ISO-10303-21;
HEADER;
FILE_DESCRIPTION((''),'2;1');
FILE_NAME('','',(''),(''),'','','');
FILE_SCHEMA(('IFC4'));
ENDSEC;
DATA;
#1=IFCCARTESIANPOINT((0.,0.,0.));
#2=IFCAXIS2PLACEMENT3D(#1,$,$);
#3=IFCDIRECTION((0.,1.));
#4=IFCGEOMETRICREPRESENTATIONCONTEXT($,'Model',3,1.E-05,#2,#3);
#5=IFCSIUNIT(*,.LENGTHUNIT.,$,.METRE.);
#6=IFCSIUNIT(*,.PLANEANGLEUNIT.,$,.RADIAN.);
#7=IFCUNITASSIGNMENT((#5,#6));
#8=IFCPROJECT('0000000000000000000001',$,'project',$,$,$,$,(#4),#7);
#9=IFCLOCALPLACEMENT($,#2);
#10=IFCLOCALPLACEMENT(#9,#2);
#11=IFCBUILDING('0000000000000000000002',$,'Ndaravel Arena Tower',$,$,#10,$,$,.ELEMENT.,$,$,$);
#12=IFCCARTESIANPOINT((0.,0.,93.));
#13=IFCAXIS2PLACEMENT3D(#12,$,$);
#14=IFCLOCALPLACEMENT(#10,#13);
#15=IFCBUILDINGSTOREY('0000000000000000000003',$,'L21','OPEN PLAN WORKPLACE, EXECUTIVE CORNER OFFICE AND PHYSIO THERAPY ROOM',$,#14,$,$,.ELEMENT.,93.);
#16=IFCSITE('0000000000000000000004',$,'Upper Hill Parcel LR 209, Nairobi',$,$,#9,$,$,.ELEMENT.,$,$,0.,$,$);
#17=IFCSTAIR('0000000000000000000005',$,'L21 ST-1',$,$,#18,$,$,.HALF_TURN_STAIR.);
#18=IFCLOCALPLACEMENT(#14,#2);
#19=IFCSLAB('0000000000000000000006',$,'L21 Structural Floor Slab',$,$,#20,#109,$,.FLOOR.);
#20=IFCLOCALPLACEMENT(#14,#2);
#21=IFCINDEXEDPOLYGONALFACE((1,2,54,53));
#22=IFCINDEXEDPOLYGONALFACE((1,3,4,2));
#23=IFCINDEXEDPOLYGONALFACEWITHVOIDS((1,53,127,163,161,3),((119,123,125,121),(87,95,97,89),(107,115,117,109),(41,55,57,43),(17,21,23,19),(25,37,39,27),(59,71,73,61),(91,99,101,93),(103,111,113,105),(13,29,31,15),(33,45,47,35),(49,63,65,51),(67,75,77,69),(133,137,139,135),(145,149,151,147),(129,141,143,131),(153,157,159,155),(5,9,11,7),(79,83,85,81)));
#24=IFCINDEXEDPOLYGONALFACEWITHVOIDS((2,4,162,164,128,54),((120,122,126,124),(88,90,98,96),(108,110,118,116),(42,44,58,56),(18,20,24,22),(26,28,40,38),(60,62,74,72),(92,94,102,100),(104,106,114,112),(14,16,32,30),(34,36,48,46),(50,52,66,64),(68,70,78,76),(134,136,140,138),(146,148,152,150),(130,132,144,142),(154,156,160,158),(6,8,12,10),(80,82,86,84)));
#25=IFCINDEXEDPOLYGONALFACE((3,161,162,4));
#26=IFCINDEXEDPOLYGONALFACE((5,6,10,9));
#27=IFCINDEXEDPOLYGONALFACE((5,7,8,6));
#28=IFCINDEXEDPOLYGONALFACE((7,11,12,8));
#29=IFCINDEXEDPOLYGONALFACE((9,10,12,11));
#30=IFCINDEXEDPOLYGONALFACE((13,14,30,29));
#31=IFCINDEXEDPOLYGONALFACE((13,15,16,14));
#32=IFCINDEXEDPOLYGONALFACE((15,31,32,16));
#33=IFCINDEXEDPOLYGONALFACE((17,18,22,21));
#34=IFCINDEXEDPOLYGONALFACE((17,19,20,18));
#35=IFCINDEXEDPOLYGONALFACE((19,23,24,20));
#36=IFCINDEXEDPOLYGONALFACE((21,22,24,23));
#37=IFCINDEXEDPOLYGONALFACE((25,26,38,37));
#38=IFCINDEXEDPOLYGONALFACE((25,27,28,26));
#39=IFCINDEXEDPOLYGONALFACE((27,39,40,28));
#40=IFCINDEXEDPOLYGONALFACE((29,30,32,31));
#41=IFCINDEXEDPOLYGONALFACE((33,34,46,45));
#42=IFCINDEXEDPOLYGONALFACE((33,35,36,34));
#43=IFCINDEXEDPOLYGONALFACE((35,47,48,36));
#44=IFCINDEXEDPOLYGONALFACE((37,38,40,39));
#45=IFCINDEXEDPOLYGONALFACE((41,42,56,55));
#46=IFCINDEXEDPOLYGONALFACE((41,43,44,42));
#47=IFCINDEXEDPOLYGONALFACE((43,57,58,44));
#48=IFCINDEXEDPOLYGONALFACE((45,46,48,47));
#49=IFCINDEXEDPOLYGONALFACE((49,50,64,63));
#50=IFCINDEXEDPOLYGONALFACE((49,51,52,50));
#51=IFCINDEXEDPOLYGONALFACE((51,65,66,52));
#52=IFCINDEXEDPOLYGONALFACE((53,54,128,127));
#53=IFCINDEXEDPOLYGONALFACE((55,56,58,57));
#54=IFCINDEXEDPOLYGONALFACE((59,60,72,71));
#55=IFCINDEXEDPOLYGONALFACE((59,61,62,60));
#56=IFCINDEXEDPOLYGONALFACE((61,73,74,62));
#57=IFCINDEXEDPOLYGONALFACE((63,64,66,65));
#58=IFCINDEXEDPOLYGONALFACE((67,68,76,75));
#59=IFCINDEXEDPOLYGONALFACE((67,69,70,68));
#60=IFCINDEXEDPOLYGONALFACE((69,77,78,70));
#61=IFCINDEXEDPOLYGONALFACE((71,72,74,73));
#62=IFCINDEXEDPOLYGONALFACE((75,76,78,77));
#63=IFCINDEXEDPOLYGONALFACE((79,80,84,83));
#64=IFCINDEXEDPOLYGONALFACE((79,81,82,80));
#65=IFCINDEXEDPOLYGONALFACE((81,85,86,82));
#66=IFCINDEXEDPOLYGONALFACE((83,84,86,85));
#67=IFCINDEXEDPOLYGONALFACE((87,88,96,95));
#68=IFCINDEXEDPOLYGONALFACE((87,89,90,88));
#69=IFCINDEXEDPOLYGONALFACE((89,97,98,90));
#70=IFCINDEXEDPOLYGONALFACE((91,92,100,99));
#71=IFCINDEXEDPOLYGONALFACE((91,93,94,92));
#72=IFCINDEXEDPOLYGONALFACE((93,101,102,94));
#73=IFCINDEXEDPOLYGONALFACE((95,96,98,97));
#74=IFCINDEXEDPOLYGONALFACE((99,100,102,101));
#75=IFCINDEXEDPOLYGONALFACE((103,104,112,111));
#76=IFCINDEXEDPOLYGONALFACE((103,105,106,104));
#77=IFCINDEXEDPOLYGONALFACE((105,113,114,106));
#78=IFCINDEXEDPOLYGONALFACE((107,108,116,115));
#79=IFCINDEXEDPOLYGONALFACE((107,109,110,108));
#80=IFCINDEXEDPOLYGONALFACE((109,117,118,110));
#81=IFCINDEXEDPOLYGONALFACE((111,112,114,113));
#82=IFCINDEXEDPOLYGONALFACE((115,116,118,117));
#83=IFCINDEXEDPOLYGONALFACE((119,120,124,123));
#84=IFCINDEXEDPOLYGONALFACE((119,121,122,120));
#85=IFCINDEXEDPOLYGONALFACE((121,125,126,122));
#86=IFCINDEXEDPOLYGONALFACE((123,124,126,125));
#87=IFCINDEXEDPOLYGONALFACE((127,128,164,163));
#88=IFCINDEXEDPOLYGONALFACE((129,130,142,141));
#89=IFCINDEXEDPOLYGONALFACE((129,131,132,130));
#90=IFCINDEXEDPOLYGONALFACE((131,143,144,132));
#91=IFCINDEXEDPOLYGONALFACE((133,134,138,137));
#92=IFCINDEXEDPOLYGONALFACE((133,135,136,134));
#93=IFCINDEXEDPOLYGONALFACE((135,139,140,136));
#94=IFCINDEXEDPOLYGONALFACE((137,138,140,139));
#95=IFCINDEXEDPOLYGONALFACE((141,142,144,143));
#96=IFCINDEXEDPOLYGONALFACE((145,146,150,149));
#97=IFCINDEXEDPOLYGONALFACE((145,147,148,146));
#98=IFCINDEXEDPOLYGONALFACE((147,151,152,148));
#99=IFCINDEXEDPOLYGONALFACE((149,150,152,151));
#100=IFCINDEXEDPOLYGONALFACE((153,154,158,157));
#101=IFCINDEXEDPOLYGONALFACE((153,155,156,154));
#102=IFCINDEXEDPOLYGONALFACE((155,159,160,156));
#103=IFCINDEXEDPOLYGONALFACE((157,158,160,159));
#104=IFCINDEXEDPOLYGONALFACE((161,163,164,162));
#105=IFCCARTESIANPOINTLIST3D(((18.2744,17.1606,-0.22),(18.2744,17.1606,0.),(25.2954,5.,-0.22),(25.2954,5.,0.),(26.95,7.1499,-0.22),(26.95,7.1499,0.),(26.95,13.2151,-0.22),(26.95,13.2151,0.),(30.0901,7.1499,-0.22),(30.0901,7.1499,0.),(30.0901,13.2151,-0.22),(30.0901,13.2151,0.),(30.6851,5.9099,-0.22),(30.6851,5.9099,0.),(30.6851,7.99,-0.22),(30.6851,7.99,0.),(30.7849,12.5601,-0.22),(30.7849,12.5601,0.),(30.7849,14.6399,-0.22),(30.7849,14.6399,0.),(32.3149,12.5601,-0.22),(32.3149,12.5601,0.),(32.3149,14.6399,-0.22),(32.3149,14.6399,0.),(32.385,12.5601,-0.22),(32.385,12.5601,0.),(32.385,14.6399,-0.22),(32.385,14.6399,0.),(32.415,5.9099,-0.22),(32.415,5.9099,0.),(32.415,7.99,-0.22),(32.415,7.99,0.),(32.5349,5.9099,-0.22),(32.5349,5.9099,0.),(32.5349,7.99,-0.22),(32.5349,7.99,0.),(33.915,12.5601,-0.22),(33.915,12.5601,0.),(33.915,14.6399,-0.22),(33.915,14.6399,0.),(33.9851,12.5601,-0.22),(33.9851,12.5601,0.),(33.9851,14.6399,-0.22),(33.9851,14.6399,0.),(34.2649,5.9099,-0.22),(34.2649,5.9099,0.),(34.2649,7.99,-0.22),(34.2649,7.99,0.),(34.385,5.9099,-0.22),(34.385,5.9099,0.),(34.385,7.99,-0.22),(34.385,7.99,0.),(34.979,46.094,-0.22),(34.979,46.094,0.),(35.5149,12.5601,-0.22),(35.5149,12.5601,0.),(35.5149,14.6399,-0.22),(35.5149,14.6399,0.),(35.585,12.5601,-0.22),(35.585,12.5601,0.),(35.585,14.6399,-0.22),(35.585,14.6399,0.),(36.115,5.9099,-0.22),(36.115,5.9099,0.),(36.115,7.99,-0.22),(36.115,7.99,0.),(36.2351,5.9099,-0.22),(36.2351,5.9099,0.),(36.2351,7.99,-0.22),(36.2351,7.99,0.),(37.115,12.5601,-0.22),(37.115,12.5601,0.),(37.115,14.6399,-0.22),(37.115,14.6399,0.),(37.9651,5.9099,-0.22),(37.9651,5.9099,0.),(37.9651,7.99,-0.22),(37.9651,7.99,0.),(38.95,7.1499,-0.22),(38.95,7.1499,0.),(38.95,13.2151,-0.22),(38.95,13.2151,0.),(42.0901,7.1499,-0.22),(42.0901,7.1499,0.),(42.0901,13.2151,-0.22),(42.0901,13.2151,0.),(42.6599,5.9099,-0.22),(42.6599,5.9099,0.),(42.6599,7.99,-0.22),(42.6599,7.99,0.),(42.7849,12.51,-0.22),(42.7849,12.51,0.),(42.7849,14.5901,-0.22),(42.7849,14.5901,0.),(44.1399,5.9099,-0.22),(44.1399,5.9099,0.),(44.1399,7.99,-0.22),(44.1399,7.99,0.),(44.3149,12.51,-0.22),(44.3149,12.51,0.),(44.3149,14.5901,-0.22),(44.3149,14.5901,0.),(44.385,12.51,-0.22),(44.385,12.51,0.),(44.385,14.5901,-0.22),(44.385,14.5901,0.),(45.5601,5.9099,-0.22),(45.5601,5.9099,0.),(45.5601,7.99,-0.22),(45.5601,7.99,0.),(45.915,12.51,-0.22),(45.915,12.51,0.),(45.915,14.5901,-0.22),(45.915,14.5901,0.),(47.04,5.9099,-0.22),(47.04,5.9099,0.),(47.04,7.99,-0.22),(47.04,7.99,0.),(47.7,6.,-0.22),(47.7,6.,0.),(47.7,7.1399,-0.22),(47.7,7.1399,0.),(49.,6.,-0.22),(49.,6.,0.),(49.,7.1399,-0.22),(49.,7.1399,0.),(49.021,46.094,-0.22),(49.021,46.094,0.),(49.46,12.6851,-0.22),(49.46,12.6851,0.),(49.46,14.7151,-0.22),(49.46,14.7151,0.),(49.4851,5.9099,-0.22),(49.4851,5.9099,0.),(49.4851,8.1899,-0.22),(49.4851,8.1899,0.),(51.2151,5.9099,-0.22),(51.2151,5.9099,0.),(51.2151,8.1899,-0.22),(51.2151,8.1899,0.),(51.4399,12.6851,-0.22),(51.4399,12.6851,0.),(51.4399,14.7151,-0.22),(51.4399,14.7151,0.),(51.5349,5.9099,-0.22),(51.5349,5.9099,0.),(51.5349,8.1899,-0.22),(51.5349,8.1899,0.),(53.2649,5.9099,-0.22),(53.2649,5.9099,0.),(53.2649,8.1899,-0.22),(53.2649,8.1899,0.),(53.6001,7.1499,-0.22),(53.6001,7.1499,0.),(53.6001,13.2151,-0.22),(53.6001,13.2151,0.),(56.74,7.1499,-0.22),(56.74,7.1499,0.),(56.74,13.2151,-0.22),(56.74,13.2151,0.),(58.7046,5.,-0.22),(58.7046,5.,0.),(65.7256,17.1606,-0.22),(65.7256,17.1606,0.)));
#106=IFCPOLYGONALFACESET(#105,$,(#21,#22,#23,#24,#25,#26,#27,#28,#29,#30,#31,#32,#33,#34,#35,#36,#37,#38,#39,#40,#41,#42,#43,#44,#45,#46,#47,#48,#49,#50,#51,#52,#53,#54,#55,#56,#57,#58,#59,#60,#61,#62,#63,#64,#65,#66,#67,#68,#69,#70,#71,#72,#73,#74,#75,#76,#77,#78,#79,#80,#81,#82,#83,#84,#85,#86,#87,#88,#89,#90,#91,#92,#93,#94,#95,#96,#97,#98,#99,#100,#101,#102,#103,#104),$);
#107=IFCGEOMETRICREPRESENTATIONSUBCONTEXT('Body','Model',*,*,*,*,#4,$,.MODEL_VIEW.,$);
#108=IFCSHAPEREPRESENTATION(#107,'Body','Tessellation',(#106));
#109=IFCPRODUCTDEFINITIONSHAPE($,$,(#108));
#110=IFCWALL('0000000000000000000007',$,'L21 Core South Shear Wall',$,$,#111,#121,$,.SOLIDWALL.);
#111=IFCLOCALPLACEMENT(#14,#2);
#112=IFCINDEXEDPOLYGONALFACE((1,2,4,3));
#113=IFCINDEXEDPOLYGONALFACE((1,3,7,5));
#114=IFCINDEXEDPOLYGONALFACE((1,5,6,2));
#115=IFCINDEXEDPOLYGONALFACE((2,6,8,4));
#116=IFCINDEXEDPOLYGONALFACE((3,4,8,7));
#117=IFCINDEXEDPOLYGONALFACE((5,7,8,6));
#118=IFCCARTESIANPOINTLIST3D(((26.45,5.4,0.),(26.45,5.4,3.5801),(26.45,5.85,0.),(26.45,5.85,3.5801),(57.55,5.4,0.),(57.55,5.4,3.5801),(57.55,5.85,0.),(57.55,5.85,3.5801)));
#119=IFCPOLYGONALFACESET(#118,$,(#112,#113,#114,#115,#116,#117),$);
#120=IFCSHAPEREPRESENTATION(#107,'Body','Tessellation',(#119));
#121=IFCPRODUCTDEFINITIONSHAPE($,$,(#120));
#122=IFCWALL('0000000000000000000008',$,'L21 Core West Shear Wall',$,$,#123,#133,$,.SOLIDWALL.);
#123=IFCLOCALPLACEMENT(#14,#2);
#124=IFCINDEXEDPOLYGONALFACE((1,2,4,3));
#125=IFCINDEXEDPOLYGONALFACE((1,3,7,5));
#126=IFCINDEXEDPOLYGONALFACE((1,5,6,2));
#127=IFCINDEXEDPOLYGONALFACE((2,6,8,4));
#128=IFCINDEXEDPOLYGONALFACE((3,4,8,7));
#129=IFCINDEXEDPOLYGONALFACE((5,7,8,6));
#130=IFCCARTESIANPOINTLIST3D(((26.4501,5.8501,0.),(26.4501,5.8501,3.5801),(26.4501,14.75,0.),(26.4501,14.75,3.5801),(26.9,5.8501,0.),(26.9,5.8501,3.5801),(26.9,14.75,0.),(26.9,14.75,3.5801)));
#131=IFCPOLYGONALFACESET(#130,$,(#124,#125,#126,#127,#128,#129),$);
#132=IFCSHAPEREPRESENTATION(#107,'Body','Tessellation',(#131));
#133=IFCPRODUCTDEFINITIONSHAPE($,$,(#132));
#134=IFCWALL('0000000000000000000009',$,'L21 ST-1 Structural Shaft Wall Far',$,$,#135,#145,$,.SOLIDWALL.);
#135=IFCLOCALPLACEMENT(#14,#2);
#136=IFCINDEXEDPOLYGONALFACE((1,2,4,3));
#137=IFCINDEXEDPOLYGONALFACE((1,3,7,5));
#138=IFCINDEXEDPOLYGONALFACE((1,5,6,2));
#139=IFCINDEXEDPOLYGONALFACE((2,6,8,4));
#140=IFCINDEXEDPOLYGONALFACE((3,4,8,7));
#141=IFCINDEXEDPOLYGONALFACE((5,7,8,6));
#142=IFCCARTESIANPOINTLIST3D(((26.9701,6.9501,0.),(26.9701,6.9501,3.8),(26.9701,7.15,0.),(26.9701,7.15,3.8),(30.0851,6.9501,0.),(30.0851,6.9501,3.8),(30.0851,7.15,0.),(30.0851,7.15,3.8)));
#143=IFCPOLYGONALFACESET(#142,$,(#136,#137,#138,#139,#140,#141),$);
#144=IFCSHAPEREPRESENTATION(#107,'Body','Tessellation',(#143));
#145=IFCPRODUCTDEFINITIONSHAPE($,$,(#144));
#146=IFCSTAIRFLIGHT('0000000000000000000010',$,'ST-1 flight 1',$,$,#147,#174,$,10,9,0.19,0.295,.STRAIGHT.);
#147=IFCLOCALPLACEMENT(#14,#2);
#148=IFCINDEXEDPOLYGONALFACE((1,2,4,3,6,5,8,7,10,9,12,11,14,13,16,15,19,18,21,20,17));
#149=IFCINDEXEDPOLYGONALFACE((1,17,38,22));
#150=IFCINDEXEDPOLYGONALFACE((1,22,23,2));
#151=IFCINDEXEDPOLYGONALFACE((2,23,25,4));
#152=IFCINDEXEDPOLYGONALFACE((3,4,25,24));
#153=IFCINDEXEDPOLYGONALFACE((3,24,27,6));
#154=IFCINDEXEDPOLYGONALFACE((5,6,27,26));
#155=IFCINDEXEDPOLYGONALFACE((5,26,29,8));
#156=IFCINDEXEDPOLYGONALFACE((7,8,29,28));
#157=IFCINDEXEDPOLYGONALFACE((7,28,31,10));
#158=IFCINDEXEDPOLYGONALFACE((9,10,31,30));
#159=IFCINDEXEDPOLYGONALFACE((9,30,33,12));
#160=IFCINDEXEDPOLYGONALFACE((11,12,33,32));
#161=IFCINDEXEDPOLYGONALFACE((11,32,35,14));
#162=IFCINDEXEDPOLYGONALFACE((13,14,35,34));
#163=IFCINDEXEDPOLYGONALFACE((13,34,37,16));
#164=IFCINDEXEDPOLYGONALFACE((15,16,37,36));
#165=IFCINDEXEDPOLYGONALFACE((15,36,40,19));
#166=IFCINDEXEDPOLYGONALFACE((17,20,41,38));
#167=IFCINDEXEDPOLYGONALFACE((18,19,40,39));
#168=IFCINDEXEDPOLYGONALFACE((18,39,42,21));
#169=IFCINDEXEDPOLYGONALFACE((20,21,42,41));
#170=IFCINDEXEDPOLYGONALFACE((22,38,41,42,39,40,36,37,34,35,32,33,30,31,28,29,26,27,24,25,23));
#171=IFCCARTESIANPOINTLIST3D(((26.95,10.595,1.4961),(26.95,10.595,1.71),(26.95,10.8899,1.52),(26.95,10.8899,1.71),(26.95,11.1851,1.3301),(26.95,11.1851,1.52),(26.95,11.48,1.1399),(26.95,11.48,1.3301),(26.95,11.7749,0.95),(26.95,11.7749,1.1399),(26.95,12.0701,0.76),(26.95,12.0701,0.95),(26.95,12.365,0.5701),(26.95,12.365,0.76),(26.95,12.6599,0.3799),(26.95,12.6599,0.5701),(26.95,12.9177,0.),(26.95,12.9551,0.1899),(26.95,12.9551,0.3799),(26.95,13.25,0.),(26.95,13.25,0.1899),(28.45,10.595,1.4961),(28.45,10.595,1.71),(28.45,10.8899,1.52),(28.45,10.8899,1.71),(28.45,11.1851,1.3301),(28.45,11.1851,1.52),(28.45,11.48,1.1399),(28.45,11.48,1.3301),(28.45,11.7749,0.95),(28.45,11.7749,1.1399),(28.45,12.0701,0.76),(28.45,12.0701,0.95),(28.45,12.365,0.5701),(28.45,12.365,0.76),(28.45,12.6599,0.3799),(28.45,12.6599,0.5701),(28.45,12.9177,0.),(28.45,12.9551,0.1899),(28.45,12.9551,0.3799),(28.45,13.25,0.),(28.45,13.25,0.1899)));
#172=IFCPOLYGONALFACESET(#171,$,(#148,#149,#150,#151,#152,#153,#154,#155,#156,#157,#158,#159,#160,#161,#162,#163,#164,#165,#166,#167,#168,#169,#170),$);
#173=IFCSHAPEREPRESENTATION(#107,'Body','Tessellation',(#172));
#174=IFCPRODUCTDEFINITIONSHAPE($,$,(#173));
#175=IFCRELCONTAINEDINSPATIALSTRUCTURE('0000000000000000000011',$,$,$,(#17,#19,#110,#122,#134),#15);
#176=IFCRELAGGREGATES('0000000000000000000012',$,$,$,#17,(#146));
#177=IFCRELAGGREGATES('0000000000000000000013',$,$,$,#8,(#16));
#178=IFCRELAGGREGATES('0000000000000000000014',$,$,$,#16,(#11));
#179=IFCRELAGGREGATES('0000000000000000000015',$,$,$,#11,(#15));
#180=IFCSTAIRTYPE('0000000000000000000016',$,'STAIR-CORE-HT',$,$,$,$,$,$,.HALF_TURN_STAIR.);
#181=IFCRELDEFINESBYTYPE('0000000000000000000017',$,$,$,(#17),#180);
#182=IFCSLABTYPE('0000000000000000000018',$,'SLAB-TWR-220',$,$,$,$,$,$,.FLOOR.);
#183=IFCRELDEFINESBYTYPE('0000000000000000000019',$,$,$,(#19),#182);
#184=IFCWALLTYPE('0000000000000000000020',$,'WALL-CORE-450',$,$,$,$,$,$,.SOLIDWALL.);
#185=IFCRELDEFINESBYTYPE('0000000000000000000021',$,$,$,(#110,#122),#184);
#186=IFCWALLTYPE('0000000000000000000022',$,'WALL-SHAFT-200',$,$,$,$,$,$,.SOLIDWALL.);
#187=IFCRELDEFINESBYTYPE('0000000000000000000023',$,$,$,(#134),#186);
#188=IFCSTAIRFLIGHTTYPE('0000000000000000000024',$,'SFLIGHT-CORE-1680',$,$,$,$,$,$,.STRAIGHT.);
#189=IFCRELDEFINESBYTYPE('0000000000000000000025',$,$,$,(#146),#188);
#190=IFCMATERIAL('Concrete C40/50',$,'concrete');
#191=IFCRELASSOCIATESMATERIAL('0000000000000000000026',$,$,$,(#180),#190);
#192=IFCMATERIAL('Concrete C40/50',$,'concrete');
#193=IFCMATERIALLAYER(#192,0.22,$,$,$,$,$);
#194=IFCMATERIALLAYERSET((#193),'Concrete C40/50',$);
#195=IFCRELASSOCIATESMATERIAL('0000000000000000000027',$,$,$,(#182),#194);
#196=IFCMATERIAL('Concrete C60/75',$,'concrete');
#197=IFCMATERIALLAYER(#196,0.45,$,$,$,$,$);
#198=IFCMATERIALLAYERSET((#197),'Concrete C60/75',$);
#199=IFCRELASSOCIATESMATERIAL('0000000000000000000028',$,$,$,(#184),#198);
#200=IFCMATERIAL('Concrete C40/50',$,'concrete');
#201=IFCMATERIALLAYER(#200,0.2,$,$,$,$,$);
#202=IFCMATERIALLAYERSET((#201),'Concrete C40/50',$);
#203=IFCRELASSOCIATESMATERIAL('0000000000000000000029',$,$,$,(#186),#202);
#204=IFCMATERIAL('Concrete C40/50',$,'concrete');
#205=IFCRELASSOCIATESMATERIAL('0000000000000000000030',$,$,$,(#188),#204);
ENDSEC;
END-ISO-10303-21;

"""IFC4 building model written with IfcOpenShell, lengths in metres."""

from ifc_helpers import new_model, si_unit, direction, frame, frame_2d, origin, place, context, subcontext, project, spatial, polyline, rectangle, outline, extrude, material, layer, layer_set, type_object, element, aggregate, save


model = new_model("IFC4")

# Units and contexts
model_context = context("Model", 3, precision=1e-05, world=origin(), true_north=direction((0.0, 1.0)))
body_context = subcontext(model_context, "Body", "Model", "MODEL_VIEW")
ifc_project = project(units=[si_unit("LENGTHUNIT", "METRE"), si_unit("PLANEANGLEUNIT", "RADIAN")], contexts=[model_context])

# Site, building, storey
site_placement = place(None, origin())
site = spatial("IfcSite", under=ifc_project, at=site_placement, Name="Upper Hill Parcel LR 209, Nairobi", CompositionType="ELEMENT", RefElevation=0.0)
building_placement = place(site_placement, origin())
building = spatial("IfcBuilding", under=site, at=building_placement, Name="Ndaravel Arena Tower", CompositionType="ELEMENT")
storey_placement = place(building_placement, frame((0.0, 0.0, 93.0)))
storey = spatial("IfcBuildingStorey", under=building, at=storey_placement, Name="L21", Description="OPEN PLAN WORKPLACE, EXECUTIVE CORNER OFFICE AND PHYSIO THERAPY ROOM", CompositionType="ELEMENT", Elevation=93.0)

# Stair
ifc_material_1 = material(Name="Concrete C40/50", Category="concrete")
stair_type = type_object("IfcStairType", Name="STAIR-CORE-HT", PredefinedType="HALF_TURN_STAIR", material=ifc_material_1)
stair_1_placement = place(storey_placement, origin())
stair_1 = element("IfcStair", 1, at=stair_1_placement, inside=storey, type_object=stair_type, Name="L21 ST-1", PredefinedType="HALF_TURN_STAIR")

# Slab
ifc_material_2 = material(Name="Concrete C40/50", Category="concrete")
ifc_layer_1 = layer(ifc_material_2, 0.22)
ifc_layer_set_1 = layer_set([ifc_layer_1], Name="Concrete C40/50")
slab_type_1 = type_object("IfcSlabType", Name="SLAB-TWR-220", PredefinedType="FLOOR", material=ifc_layer_set_1)
slab_1_placement = place(storey_placement, frame((0.0, 0.0, -0.22)))
element("IfcSlab", 2, at=slab_1_placement, inside=storey, type_object=slab_type_1, Name="L21 Structural Floor Slab", PredefinedType="FLOOR", context=body_context, shape_type="SweptSolid", body=[
    extrude(outline(polyline([(18.2744, 17.1606), (25.2954, 5.0), (58.7046, 5.0), (65.7256, 17.1606), (49.021, 46.094), (34.979, 46.094), (18.2744, 17.1606)]), holes=[polyline([(26.95, 13.2151), (26.95, 7.1499), (30.0901, 7.1499), (30.0901, 13.2151), (26.95, 13.2151)]), polyline([(38.95, 13.2151), (38.95, 7.1499), (42.0901, 7.1499), (42.0901, 13.2151), (38.95, 13.2151)]), polyline([(53.6001, 13.2151), (53.6001, 7.1499), (56.74, 7.1499), (56.74, 13.2151), (53.6001, 13.2151)]), polyline([(30.6851, 5.9099), (32.415, 5.9099), (32.415, 7.99), (30.6851, 7.99), (30.6851, 5.9099)]), polyline([(32.5349, 5.9099), (34.2649, 5.9099), (34.2649, 7.99), (32.5349, 7.99), (32.5349, 5.9099)]), polyline([(34.385, 5.9099), (36.115, 5.9099), (36.115, 7.99), (34.385, 7.99), (34.385, 5.9099)]), polyline([(36.2351, 5.9099), (37.9651, 5.9099), (37.9651, 7.99), (36.2351, 7.99), (36.2351, 5.9099)]), polyline([(30.7849, 12.5601), (32.3149, 12.5601), (32.3149, 14.6399), (30.7849, 14.6399), (30.7849, 12.5601)]), polyline([(32.385, 12.5601), (33.915, 12.5601), (33.915, 14.6399), (32.385, 14.6399), (32.385, 12.5601)]), polyline([(33.9851, 12.5601), (35.5149, 12.5601), (35.5149, 14.6399), (33.9851, 14.6399), (33.9851, 12.5601)]), polyline([(35.585, 12.5601), (37.115, 12.5601), (37.115, 14.6399), (35.585, 14.6399), (35.585, 12.5601)]), polyline([(42.6599, 5.9099), (44.1399, 5.9099), (44.1399, 7.99), (42.6599, 7.99), (42.6599, 5.9099)]), polyline([(45.5601, 5.9099), (47.04, 5.9099), (47.04, 7.99), (45.5601, 7.99), (45.5601, 5.9099)]), polyline([(42.7849, 12.51), (44.3149, 12.51), (44.3149, 14.5901), (42.7849, 14.5901), (42.7849, 12.51)]), polyline([(44.385, 12.51), (45.915, 12.51), (45.915, 14.5901), (44.385, 14.5901), (44.385, 12.51)]), polyline([(49.4851, 5.9099), (51.2151, 5.9099), (51.2151, 8.1899), (49.4851, 8.1899), (49.4851, 5.9099)]), polyline([(51.5349, 5.9099), (53.2649, 5.9099), (53.2649, 8.1899), (51.5349, 8.1899), (51.5349, 5.9099)]), polyline([(49.46, 12.6851), (51.4399, 12.6851), (51.4399, 14.7151), (49.46, 14.7151), (49.46, 12.6851)]), polyline([(47.7, 6.0), (49.0, 6.0), (49.0, 7.1399), (47.7, 7.1399), (47.7, 6.0)])]), origin(), (0.0, 0.0, 1.0), 0.22),
])

# Walls
ifc_material_3 = material(Name="Concrete C60/75", Category="concrete")
ifc_layer_2 = layer(ifc_material_3, 0.45)
ifc_layer_set_2 = layer_set([ifc_layer_2], Name="Concrete C60/75")
wall_type_1 = type_object("IfcWallType", Name="WALL-CORE-450", PredefinedType="SOLIDWALL", material=ifc_layer_set_2)
wall_1_placement = place(storey_placement, frame((26.45, 5.625, 0.0), z_axis=(0.0, 0.0, 1.0), x_axis=(1.0, 0.0, 0.0)))
element("IfcWall", 3, at=wall_1_placement, inside=storey, type_object=wall_type_1, Name="L21 Core South Shear Wall", PredefinedType="SOLIDWALL", context=body_context, shape_type="SweptSolid", body=[
    extrude(rectangle(XDim=31.1001, YDim=0.45, at=frame_2d((15.55, 0.0))), origin(), (0.0, 0.0, 1.0), 3.5801),
])
wall_2_placement = place(storey_placement, frame((26.675, 5.8501, 0.0), z_axis=(0.0, 0.0, 1.0), x_axis=(0.0, 1.0, 0.0)))
element("IfcWall", 4, at=wall_2_placement, inside=storey, type_object=wall_type_1, Name="L21 Core West Shear Wall", PredefinedType="SOLIDWALL", context=body_context, shape_type="SweptSolid", body=[
    extrude(rectangle(XDim=8.8999, YDim=0.45, at=frame_2d((4.45, 0.0))), origin(), (0.0, 0.0, 1.0), 3.5801),
])
ifc_material_4 = material(Name="Concrete C40/50", Category="concrete")
ifc_layer_3 = layer(ifc_material_4, 0.2)
ifc_layer_set_3 = layer_set([ifc_layer_3], Name="Concrete C40/50")
wall_type_2 = type_object("IfcWallType", Name="WALL-SHAFT-200", PredefinedType="SOLIDWALL", material=ifc_layer_set_3)
wall_3_placement = place(storey_placement, frame((26.97, 7.05, 0.0), z_axis=(0.0, 0.0, 1.0), x_axis=(1.0, 0.0, 0.0)))
element("IfcWall", 5, at=wall_3_placement, inside=storey, type_object=wall_type_2, Name="L21 ST-1 Structural Shaft Wall Far", PredefinedType="SOLIDWALL", context=body_context, shape_type="SweptSolid", body=[
    extrude(rectangle(XDim=3.115, YDim=0.2, at=frame_2d((1.5576, 0.0))), origin(), (0.0, 0.0, 1.0), 3.8),
])

# Stair flight
ifc_material_5 = material(Name="Concrete C40/50", Category="concrete")
stair_flight_type = type_object("IfcStairFlightType", Name="SFLIGHT-CORE-1680", PredefinedType="STRAIGHT", material=ifc_material_5)
stair_flight_1_placement = place(storey_placement, frame((27.7, 13.25, 0.0), z_axis=(0.0, 0.0, 1.0), x_axis=(0.0, -1.0, 0.0)))
stair_flight_1 = element("IfcStairFlight", 6, at=stair_flight_1_placement, type_object=stair_flight_type, Name="ST-1 flight 1", NumberOfRisers=10, NumberOfTreads=9, PredefinedType="STRAIGHT", RiserHeight=0.19, TreadLength=0.295, context=body_context, shape_type="SweptSolid", body=[
    extrude(outline(polyline([(0.0, 0.0), (0.0, 0.1899), (0.2949, 0.1899), (0.2949, 0.3799), (0.5901, 0.3799), (0.5901, 0.5701), (0.885, 0.5701), (0.885, 0.76), (1.1799, 0.76), (1.1799, 0.95), (1.4751, 0.95), (1.4751, 1.1399), (1.77, 1.1399), (1.77, 1.3301), (2.0649, 1.3301), (2.0649, 1.52), (2.3601, 1.52), (2.3601, 1.71), (2.655, 1.71), (2.655, 1.8999), (2.655, 1.4961), (0.3323, 0.0), (0.0, 0.0)])), frame((0.0, 0.75, 0.0), z_axis=(0.0, -1.0, 0.0), x_axis=(1.0, 0.0, 0.0)), (0.0, 0.0, 1.0), 1.5),
])
aggregate(stair_1, [stair_flight_1])

save(model, "model.ifc")
